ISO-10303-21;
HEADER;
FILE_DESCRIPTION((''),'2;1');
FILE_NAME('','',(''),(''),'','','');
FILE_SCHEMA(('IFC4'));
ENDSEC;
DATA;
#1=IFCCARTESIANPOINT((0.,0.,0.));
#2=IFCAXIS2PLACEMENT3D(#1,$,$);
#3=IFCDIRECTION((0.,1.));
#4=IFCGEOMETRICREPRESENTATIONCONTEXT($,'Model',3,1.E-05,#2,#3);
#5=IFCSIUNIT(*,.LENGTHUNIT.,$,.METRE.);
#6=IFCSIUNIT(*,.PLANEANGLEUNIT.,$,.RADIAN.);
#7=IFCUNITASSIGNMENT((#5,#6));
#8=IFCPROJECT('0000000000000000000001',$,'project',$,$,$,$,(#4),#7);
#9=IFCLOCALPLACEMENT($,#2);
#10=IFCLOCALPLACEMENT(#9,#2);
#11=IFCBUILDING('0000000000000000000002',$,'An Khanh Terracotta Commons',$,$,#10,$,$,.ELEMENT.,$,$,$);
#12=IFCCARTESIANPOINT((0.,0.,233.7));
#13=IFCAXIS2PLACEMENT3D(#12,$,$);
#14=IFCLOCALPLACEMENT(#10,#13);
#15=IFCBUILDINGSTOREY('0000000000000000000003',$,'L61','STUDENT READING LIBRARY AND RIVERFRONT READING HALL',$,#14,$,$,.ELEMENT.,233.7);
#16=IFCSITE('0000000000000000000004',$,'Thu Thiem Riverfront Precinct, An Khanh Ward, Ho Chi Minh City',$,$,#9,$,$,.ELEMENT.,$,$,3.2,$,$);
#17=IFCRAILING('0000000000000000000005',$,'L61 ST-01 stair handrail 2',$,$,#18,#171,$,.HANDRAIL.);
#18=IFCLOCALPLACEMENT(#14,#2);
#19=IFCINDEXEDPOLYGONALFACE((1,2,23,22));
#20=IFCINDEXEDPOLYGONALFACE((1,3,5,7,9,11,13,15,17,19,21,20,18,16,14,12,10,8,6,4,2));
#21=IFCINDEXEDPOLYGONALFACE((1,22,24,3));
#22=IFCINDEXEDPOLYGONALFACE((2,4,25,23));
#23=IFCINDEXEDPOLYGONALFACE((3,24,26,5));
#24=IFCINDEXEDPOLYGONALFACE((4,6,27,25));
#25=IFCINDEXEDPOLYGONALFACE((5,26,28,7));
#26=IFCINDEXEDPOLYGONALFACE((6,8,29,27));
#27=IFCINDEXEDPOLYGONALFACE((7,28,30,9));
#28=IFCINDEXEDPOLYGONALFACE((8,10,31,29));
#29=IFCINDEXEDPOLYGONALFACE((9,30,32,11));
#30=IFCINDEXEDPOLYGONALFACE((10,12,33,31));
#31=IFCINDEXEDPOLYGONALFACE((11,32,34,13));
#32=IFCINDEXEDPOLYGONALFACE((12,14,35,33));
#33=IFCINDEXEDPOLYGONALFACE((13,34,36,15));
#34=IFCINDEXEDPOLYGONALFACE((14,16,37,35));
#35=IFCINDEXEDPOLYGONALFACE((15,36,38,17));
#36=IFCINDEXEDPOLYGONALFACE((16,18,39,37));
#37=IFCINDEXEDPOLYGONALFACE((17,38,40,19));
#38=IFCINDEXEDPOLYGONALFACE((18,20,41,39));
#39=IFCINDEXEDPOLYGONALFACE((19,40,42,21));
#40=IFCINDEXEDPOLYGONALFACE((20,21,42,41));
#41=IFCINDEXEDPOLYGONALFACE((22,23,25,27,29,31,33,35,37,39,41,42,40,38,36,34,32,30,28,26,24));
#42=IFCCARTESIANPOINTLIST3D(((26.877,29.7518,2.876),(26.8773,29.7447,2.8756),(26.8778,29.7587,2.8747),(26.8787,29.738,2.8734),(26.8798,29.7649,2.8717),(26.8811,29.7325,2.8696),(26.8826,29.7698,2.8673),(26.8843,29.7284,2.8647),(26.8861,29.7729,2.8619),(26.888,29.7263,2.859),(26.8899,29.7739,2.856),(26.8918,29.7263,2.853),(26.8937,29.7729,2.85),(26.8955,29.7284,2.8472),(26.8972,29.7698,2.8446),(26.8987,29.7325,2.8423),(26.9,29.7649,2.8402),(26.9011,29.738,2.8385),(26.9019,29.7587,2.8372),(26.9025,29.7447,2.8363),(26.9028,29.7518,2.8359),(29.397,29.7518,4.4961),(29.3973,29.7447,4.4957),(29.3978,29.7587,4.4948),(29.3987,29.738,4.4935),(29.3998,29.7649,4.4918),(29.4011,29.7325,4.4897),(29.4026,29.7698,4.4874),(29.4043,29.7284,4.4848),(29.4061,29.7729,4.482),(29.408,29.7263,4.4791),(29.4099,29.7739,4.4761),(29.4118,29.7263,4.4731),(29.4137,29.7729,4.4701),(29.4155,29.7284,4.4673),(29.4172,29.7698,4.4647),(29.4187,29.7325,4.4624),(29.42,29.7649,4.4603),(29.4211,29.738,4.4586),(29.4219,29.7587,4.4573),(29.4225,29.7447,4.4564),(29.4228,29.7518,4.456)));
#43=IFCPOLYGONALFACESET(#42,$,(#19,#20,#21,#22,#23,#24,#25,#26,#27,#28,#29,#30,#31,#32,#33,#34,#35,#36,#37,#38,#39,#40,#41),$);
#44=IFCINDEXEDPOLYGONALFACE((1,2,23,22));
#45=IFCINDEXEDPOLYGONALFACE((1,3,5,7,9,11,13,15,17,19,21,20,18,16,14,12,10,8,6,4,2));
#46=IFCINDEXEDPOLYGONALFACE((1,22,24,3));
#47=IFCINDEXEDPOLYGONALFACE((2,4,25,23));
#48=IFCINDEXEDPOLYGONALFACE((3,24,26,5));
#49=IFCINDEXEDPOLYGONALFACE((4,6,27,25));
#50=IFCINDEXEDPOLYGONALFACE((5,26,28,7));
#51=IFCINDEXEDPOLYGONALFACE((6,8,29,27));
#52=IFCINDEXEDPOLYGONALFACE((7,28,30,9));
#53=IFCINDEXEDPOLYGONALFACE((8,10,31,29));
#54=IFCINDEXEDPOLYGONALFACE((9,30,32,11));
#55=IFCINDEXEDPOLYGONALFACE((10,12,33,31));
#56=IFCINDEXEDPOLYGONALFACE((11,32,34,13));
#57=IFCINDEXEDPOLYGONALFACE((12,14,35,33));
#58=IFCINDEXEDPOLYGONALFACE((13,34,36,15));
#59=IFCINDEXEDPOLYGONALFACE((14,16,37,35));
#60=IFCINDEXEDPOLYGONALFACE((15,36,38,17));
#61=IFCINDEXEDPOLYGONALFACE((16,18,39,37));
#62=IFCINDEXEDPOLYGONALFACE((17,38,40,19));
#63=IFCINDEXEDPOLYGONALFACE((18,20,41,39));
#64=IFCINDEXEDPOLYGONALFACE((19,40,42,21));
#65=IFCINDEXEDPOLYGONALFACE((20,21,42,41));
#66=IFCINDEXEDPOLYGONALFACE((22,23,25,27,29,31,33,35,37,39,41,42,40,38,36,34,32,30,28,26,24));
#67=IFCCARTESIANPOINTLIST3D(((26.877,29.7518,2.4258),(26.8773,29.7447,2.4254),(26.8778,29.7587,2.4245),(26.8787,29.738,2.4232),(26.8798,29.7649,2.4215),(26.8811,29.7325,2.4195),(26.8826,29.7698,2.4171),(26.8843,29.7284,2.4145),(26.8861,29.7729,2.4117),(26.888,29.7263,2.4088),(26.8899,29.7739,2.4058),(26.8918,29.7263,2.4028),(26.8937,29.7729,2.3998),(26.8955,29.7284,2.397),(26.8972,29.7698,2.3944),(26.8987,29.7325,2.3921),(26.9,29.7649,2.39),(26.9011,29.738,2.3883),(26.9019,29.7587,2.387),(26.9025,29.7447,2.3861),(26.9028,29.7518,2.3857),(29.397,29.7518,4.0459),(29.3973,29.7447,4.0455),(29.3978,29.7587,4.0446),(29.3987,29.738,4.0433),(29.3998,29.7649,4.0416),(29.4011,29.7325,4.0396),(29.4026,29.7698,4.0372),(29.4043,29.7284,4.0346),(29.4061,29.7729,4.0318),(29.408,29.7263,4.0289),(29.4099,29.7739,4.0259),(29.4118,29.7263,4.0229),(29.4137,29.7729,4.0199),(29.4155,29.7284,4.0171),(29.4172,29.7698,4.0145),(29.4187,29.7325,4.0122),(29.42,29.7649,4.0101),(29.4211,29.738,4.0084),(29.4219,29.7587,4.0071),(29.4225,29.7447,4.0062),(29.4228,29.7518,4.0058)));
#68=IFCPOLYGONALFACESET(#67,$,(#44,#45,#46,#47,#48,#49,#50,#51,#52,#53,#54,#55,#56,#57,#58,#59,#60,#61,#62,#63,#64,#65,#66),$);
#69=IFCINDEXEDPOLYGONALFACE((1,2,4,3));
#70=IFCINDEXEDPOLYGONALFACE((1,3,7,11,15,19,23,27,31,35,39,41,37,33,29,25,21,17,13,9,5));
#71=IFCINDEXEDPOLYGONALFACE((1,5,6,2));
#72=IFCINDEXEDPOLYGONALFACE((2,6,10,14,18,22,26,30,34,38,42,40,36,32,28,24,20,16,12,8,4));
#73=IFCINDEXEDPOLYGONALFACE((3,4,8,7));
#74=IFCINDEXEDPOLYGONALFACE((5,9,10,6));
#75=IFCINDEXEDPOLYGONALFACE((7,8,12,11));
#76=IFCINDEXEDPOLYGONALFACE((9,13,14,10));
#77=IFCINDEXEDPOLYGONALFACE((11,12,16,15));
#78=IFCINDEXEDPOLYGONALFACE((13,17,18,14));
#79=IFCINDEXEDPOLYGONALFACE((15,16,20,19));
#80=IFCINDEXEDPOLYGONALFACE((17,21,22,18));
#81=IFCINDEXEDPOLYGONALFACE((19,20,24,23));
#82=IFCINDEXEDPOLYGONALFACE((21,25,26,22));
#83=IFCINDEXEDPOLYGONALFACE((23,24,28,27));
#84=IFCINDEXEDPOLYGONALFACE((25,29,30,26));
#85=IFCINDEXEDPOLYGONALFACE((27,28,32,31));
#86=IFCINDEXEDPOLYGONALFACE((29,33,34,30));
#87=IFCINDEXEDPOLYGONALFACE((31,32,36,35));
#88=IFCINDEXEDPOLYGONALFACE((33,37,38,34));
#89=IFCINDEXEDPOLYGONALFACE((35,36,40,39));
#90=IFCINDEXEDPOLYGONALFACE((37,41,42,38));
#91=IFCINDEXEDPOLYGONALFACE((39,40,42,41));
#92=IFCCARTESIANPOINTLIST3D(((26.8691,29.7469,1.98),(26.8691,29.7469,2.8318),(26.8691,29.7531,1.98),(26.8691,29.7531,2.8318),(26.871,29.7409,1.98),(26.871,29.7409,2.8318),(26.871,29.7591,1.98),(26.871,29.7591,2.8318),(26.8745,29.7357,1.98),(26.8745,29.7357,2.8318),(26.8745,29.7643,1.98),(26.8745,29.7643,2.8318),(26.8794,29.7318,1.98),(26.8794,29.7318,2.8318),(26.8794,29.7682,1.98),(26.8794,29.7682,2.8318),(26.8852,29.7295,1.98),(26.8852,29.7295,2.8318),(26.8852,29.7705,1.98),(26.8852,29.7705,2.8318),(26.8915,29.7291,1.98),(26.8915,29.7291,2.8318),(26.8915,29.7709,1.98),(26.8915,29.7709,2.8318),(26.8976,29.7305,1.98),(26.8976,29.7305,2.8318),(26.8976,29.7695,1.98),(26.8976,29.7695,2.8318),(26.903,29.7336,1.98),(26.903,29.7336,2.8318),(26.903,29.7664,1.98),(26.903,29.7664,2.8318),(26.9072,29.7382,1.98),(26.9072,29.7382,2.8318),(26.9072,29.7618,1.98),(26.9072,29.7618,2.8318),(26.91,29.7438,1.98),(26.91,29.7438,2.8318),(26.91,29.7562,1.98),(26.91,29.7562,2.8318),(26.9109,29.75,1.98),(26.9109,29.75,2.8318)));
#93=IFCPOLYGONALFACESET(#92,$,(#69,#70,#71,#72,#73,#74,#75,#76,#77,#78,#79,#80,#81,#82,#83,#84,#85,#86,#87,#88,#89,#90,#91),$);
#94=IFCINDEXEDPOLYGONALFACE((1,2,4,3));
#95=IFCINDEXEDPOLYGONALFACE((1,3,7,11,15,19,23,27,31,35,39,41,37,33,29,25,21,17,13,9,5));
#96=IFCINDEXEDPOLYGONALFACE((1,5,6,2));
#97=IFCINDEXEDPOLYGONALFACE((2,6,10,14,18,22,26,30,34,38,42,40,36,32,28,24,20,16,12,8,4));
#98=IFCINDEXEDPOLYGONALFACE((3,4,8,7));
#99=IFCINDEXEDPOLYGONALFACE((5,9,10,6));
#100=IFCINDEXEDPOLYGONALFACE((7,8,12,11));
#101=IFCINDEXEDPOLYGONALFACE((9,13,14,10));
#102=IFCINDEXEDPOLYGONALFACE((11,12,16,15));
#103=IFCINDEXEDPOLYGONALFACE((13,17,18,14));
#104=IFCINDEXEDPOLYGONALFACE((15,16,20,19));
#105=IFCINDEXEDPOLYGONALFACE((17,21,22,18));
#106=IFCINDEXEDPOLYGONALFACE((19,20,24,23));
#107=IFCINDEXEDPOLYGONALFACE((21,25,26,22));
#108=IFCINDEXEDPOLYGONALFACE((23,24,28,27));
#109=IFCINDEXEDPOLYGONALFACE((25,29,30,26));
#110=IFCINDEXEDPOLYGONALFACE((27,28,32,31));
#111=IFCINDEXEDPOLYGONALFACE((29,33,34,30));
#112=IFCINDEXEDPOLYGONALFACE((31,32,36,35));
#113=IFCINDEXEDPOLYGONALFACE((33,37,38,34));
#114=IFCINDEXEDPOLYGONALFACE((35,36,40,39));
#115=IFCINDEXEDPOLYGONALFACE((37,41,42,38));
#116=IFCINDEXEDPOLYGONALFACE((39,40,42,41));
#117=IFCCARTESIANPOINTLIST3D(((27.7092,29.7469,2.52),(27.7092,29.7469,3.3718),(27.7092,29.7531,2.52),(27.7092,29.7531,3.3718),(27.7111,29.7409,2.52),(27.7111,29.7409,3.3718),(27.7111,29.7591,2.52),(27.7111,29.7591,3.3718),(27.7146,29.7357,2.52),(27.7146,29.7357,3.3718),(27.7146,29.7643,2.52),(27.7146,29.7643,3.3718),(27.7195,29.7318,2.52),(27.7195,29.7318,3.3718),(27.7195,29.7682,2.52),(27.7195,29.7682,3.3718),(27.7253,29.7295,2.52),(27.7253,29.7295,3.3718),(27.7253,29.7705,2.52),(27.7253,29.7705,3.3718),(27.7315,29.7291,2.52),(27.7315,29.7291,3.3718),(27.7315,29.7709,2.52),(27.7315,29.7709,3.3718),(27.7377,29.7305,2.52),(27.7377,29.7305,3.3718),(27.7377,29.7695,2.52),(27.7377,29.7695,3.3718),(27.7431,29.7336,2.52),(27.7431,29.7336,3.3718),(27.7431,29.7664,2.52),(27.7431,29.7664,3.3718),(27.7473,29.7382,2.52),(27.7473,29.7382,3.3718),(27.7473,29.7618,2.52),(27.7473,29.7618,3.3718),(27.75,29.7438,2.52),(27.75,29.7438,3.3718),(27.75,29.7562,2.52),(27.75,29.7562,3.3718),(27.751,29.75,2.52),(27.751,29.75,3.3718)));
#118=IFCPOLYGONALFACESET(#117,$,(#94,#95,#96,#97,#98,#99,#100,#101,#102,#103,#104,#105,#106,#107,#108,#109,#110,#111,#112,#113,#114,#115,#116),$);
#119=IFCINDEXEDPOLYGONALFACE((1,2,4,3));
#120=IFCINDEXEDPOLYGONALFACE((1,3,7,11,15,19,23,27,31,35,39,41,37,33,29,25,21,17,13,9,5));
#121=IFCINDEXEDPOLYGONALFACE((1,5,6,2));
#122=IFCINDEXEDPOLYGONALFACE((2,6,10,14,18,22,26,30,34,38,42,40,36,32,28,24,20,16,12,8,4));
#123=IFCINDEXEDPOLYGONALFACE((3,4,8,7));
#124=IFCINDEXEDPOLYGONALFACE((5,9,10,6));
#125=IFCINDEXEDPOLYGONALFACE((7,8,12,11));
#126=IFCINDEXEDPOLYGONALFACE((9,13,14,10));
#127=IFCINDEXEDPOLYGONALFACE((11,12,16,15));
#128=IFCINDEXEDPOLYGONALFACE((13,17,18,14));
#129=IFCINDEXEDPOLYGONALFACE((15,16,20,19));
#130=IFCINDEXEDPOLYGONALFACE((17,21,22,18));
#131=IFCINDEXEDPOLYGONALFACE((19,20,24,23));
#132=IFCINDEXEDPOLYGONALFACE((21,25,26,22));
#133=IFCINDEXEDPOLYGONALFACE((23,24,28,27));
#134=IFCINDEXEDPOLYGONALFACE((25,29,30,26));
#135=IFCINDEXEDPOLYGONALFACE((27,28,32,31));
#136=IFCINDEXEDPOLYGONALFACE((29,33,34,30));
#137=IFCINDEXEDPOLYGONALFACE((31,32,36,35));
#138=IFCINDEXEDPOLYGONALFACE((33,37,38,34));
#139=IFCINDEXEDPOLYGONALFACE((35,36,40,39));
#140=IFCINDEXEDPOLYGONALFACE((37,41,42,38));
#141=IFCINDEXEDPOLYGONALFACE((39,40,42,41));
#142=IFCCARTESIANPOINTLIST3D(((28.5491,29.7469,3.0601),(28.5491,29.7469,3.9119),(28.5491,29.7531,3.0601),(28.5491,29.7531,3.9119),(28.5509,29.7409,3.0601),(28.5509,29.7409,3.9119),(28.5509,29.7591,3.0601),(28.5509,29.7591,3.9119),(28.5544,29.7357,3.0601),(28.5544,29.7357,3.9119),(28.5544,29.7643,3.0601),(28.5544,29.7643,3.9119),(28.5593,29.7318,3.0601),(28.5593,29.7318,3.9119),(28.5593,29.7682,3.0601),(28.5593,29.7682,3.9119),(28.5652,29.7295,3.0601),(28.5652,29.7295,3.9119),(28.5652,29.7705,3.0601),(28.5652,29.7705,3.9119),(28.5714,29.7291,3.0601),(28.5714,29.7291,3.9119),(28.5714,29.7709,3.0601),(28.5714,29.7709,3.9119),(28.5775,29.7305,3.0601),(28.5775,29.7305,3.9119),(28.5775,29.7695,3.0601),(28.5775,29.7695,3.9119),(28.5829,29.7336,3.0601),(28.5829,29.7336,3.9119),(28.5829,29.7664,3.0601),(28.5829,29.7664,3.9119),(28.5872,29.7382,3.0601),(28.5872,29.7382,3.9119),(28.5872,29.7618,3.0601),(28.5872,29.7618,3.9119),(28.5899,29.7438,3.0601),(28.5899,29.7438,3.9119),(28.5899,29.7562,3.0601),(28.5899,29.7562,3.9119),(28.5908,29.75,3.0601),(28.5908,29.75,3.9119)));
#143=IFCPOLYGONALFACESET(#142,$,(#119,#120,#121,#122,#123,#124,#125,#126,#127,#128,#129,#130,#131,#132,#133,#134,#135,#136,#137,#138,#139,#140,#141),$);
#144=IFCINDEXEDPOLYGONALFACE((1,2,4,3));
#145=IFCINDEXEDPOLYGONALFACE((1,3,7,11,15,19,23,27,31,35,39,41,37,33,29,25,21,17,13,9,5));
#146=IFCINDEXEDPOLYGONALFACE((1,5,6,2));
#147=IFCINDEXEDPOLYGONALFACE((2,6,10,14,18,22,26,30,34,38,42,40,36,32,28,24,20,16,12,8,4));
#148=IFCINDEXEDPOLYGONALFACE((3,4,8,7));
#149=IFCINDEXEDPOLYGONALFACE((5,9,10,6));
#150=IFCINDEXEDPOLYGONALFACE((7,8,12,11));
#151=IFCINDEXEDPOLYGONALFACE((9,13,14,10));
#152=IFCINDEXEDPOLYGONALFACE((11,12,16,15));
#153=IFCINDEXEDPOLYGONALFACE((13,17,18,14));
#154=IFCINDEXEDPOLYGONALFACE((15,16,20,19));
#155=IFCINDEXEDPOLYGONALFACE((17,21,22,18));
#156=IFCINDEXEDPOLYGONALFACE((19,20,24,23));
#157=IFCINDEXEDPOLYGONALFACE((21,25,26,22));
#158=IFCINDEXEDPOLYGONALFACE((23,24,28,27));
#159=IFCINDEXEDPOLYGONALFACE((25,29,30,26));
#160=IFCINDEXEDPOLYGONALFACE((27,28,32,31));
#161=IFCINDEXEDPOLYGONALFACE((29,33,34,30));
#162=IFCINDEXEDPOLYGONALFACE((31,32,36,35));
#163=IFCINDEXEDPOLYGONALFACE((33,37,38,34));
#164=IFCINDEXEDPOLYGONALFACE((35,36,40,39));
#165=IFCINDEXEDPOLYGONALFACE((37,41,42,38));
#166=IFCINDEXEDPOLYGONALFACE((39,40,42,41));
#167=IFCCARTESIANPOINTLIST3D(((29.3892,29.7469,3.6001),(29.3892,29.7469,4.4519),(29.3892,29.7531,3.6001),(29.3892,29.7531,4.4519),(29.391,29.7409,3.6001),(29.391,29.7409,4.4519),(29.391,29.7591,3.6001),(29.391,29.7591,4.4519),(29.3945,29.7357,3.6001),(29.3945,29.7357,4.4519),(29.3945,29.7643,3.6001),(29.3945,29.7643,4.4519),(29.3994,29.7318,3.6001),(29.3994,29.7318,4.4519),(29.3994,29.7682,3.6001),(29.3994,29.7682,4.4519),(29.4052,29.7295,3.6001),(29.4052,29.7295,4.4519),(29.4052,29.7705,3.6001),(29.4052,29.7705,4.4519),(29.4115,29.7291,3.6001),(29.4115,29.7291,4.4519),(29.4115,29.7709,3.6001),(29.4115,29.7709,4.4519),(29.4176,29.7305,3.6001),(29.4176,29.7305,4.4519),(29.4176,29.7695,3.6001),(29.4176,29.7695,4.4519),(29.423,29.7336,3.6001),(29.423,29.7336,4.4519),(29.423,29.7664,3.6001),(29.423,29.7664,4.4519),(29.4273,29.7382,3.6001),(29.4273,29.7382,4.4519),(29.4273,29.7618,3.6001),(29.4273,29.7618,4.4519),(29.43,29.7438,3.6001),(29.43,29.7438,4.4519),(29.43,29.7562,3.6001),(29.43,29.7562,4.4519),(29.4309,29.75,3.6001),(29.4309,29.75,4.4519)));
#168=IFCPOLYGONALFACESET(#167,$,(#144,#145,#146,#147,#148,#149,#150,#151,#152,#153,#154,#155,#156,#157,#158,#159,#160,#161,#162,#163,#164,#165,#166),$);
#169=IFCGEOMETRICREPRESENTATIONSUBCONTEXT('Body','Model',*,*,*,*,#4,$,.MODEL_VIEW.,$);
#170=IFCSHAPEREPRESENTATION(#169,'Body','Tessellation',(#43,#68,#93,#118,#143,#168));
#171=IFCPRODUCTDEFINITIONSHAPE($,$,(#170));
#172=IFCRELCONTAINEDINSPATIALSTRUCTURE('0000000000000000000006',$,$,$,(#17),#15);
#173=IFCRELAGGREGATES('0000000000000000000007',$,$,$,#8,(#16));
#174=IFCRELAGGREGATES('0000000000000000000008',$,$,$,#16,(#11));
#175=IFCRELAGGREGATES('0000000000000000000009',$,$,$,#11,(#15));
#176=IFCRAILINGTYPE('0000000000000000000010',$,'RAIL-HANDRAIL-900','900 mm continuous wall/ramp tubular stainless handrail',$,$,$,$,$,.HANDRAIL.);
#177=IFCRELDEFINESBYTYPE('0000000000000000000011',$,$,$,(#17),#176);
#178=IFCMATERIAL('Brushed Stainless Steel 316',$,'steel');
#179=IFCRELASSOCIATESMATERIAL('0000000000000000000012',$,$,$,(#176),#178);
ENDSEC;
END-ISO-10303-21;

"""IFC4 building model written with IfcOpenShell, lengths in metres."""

from ifc_helpers import new_model, si_unit, direction, frame, origin, origin_2d, place, context, subcontext, project, spatial, circle, extrude, material, type_object, element, save


model = new_model("IFC4")

# Units and contexts
model_context = context("Model", 3, precision=1e-05, world=origin(), true_north=direction((0.0, 1.0)))
body_context = subcontext(model_context, "Body", "Model", "MODEL_VIEW")
ifc_project = project(units=[si_unit("LENGTHUNIT", "METRE"), si_unit("PLANEANGLEUNIT", "RADIAN")], contexts=[model_context])

# Site, building, storey
site_placement = place(None, origin())
site = spatial("IfcSite", under=ifc_project, at=site_placement, Name="Thu Thiem Riverfront Precinct, An Khanh Ward, Ho Chi Minh City", CompositionType="ELEMENT", RefElevation=3.2)
building_placement = place(site_placement, origin())
building = spatial("IfcBuilding", under=site, at=building_placement, Name="An Khanh Terracotta Commons", CompositionType="ELEMENT")
storey_placement = place(building_placement, frame((0.0, 0.0, 233.7)))
storey = spatial("IfcBuildingStorey", under=building, at=storey_placement, Name="L61", Description="STUDENT READING LIBRARY AND RIVERFRONT READING HALL", CompositionType="ELEMENT", Elevation=233.7)

# Railing
ifc_material_1 = material(Name="Brushed Stainless Steel 316", Category="steel")
railing_type_1 = type_object("IfcRailingType", Name="RAIL-HANDRAIL-900", Description="900 mm continuous wall/ramp tubular stainless handrail", PredefinedType="HANDRAIL", material=ifc_material_1)
railing_1_placement = place(storey_placement, frame((26.8899, 29.75, 1.98)))
element("IfcRailing", 1, at=railing_1_placement, inside=storey, type_object=railing_type_1, Name="L61 ST-01 stair handrail 2", PredefinedType="HANDRAIL", context=body_context, shape_type="SweptSolid", body=[
    extrude(circle(Radius=0.0239, at=origin_2d()), frame((0.0, 0.0, 0.876), z_axis=(0.841163, 0.0, 0.540782), x_axis=(0.0, 1.0, 0.0)), (0.0, 0.0, 1.0), 2.9958),
    extrude(circle(Radius=0.0239, at=origin_2d()), frame((0.0, 0.0, 0.4258), z_axis=(0.841163, 0.0, 0.540782), x_axis=(0.0, 1.0, 0.0)), (0.0, 0.0, 1.0), 2.9958),
    extrude(circle(Radius=0.021, at=origin_2d()), origin(), (0.0, 0.0, 1.0), 0.8518),
    extrude(circle(Radius=0.021, at=origin_2d()), frame((0.8401, 0.0, 0.54)), (0.0, 0.0, 1.0), 0.8518),
    extrude(circle(Radius=0.021, at=origin_2d()), frame((1.6799, 0.0, 1.0801)), (0.0, 0.0, 1.0), 0.8518),
    extrude(circle(Radius=0.021, at=origin_2d()), frame((2.52, 0.0, 1.6201)), (0.0, 0.0, 1.0), 0.8518),
])

save(model, "model.ifc")
